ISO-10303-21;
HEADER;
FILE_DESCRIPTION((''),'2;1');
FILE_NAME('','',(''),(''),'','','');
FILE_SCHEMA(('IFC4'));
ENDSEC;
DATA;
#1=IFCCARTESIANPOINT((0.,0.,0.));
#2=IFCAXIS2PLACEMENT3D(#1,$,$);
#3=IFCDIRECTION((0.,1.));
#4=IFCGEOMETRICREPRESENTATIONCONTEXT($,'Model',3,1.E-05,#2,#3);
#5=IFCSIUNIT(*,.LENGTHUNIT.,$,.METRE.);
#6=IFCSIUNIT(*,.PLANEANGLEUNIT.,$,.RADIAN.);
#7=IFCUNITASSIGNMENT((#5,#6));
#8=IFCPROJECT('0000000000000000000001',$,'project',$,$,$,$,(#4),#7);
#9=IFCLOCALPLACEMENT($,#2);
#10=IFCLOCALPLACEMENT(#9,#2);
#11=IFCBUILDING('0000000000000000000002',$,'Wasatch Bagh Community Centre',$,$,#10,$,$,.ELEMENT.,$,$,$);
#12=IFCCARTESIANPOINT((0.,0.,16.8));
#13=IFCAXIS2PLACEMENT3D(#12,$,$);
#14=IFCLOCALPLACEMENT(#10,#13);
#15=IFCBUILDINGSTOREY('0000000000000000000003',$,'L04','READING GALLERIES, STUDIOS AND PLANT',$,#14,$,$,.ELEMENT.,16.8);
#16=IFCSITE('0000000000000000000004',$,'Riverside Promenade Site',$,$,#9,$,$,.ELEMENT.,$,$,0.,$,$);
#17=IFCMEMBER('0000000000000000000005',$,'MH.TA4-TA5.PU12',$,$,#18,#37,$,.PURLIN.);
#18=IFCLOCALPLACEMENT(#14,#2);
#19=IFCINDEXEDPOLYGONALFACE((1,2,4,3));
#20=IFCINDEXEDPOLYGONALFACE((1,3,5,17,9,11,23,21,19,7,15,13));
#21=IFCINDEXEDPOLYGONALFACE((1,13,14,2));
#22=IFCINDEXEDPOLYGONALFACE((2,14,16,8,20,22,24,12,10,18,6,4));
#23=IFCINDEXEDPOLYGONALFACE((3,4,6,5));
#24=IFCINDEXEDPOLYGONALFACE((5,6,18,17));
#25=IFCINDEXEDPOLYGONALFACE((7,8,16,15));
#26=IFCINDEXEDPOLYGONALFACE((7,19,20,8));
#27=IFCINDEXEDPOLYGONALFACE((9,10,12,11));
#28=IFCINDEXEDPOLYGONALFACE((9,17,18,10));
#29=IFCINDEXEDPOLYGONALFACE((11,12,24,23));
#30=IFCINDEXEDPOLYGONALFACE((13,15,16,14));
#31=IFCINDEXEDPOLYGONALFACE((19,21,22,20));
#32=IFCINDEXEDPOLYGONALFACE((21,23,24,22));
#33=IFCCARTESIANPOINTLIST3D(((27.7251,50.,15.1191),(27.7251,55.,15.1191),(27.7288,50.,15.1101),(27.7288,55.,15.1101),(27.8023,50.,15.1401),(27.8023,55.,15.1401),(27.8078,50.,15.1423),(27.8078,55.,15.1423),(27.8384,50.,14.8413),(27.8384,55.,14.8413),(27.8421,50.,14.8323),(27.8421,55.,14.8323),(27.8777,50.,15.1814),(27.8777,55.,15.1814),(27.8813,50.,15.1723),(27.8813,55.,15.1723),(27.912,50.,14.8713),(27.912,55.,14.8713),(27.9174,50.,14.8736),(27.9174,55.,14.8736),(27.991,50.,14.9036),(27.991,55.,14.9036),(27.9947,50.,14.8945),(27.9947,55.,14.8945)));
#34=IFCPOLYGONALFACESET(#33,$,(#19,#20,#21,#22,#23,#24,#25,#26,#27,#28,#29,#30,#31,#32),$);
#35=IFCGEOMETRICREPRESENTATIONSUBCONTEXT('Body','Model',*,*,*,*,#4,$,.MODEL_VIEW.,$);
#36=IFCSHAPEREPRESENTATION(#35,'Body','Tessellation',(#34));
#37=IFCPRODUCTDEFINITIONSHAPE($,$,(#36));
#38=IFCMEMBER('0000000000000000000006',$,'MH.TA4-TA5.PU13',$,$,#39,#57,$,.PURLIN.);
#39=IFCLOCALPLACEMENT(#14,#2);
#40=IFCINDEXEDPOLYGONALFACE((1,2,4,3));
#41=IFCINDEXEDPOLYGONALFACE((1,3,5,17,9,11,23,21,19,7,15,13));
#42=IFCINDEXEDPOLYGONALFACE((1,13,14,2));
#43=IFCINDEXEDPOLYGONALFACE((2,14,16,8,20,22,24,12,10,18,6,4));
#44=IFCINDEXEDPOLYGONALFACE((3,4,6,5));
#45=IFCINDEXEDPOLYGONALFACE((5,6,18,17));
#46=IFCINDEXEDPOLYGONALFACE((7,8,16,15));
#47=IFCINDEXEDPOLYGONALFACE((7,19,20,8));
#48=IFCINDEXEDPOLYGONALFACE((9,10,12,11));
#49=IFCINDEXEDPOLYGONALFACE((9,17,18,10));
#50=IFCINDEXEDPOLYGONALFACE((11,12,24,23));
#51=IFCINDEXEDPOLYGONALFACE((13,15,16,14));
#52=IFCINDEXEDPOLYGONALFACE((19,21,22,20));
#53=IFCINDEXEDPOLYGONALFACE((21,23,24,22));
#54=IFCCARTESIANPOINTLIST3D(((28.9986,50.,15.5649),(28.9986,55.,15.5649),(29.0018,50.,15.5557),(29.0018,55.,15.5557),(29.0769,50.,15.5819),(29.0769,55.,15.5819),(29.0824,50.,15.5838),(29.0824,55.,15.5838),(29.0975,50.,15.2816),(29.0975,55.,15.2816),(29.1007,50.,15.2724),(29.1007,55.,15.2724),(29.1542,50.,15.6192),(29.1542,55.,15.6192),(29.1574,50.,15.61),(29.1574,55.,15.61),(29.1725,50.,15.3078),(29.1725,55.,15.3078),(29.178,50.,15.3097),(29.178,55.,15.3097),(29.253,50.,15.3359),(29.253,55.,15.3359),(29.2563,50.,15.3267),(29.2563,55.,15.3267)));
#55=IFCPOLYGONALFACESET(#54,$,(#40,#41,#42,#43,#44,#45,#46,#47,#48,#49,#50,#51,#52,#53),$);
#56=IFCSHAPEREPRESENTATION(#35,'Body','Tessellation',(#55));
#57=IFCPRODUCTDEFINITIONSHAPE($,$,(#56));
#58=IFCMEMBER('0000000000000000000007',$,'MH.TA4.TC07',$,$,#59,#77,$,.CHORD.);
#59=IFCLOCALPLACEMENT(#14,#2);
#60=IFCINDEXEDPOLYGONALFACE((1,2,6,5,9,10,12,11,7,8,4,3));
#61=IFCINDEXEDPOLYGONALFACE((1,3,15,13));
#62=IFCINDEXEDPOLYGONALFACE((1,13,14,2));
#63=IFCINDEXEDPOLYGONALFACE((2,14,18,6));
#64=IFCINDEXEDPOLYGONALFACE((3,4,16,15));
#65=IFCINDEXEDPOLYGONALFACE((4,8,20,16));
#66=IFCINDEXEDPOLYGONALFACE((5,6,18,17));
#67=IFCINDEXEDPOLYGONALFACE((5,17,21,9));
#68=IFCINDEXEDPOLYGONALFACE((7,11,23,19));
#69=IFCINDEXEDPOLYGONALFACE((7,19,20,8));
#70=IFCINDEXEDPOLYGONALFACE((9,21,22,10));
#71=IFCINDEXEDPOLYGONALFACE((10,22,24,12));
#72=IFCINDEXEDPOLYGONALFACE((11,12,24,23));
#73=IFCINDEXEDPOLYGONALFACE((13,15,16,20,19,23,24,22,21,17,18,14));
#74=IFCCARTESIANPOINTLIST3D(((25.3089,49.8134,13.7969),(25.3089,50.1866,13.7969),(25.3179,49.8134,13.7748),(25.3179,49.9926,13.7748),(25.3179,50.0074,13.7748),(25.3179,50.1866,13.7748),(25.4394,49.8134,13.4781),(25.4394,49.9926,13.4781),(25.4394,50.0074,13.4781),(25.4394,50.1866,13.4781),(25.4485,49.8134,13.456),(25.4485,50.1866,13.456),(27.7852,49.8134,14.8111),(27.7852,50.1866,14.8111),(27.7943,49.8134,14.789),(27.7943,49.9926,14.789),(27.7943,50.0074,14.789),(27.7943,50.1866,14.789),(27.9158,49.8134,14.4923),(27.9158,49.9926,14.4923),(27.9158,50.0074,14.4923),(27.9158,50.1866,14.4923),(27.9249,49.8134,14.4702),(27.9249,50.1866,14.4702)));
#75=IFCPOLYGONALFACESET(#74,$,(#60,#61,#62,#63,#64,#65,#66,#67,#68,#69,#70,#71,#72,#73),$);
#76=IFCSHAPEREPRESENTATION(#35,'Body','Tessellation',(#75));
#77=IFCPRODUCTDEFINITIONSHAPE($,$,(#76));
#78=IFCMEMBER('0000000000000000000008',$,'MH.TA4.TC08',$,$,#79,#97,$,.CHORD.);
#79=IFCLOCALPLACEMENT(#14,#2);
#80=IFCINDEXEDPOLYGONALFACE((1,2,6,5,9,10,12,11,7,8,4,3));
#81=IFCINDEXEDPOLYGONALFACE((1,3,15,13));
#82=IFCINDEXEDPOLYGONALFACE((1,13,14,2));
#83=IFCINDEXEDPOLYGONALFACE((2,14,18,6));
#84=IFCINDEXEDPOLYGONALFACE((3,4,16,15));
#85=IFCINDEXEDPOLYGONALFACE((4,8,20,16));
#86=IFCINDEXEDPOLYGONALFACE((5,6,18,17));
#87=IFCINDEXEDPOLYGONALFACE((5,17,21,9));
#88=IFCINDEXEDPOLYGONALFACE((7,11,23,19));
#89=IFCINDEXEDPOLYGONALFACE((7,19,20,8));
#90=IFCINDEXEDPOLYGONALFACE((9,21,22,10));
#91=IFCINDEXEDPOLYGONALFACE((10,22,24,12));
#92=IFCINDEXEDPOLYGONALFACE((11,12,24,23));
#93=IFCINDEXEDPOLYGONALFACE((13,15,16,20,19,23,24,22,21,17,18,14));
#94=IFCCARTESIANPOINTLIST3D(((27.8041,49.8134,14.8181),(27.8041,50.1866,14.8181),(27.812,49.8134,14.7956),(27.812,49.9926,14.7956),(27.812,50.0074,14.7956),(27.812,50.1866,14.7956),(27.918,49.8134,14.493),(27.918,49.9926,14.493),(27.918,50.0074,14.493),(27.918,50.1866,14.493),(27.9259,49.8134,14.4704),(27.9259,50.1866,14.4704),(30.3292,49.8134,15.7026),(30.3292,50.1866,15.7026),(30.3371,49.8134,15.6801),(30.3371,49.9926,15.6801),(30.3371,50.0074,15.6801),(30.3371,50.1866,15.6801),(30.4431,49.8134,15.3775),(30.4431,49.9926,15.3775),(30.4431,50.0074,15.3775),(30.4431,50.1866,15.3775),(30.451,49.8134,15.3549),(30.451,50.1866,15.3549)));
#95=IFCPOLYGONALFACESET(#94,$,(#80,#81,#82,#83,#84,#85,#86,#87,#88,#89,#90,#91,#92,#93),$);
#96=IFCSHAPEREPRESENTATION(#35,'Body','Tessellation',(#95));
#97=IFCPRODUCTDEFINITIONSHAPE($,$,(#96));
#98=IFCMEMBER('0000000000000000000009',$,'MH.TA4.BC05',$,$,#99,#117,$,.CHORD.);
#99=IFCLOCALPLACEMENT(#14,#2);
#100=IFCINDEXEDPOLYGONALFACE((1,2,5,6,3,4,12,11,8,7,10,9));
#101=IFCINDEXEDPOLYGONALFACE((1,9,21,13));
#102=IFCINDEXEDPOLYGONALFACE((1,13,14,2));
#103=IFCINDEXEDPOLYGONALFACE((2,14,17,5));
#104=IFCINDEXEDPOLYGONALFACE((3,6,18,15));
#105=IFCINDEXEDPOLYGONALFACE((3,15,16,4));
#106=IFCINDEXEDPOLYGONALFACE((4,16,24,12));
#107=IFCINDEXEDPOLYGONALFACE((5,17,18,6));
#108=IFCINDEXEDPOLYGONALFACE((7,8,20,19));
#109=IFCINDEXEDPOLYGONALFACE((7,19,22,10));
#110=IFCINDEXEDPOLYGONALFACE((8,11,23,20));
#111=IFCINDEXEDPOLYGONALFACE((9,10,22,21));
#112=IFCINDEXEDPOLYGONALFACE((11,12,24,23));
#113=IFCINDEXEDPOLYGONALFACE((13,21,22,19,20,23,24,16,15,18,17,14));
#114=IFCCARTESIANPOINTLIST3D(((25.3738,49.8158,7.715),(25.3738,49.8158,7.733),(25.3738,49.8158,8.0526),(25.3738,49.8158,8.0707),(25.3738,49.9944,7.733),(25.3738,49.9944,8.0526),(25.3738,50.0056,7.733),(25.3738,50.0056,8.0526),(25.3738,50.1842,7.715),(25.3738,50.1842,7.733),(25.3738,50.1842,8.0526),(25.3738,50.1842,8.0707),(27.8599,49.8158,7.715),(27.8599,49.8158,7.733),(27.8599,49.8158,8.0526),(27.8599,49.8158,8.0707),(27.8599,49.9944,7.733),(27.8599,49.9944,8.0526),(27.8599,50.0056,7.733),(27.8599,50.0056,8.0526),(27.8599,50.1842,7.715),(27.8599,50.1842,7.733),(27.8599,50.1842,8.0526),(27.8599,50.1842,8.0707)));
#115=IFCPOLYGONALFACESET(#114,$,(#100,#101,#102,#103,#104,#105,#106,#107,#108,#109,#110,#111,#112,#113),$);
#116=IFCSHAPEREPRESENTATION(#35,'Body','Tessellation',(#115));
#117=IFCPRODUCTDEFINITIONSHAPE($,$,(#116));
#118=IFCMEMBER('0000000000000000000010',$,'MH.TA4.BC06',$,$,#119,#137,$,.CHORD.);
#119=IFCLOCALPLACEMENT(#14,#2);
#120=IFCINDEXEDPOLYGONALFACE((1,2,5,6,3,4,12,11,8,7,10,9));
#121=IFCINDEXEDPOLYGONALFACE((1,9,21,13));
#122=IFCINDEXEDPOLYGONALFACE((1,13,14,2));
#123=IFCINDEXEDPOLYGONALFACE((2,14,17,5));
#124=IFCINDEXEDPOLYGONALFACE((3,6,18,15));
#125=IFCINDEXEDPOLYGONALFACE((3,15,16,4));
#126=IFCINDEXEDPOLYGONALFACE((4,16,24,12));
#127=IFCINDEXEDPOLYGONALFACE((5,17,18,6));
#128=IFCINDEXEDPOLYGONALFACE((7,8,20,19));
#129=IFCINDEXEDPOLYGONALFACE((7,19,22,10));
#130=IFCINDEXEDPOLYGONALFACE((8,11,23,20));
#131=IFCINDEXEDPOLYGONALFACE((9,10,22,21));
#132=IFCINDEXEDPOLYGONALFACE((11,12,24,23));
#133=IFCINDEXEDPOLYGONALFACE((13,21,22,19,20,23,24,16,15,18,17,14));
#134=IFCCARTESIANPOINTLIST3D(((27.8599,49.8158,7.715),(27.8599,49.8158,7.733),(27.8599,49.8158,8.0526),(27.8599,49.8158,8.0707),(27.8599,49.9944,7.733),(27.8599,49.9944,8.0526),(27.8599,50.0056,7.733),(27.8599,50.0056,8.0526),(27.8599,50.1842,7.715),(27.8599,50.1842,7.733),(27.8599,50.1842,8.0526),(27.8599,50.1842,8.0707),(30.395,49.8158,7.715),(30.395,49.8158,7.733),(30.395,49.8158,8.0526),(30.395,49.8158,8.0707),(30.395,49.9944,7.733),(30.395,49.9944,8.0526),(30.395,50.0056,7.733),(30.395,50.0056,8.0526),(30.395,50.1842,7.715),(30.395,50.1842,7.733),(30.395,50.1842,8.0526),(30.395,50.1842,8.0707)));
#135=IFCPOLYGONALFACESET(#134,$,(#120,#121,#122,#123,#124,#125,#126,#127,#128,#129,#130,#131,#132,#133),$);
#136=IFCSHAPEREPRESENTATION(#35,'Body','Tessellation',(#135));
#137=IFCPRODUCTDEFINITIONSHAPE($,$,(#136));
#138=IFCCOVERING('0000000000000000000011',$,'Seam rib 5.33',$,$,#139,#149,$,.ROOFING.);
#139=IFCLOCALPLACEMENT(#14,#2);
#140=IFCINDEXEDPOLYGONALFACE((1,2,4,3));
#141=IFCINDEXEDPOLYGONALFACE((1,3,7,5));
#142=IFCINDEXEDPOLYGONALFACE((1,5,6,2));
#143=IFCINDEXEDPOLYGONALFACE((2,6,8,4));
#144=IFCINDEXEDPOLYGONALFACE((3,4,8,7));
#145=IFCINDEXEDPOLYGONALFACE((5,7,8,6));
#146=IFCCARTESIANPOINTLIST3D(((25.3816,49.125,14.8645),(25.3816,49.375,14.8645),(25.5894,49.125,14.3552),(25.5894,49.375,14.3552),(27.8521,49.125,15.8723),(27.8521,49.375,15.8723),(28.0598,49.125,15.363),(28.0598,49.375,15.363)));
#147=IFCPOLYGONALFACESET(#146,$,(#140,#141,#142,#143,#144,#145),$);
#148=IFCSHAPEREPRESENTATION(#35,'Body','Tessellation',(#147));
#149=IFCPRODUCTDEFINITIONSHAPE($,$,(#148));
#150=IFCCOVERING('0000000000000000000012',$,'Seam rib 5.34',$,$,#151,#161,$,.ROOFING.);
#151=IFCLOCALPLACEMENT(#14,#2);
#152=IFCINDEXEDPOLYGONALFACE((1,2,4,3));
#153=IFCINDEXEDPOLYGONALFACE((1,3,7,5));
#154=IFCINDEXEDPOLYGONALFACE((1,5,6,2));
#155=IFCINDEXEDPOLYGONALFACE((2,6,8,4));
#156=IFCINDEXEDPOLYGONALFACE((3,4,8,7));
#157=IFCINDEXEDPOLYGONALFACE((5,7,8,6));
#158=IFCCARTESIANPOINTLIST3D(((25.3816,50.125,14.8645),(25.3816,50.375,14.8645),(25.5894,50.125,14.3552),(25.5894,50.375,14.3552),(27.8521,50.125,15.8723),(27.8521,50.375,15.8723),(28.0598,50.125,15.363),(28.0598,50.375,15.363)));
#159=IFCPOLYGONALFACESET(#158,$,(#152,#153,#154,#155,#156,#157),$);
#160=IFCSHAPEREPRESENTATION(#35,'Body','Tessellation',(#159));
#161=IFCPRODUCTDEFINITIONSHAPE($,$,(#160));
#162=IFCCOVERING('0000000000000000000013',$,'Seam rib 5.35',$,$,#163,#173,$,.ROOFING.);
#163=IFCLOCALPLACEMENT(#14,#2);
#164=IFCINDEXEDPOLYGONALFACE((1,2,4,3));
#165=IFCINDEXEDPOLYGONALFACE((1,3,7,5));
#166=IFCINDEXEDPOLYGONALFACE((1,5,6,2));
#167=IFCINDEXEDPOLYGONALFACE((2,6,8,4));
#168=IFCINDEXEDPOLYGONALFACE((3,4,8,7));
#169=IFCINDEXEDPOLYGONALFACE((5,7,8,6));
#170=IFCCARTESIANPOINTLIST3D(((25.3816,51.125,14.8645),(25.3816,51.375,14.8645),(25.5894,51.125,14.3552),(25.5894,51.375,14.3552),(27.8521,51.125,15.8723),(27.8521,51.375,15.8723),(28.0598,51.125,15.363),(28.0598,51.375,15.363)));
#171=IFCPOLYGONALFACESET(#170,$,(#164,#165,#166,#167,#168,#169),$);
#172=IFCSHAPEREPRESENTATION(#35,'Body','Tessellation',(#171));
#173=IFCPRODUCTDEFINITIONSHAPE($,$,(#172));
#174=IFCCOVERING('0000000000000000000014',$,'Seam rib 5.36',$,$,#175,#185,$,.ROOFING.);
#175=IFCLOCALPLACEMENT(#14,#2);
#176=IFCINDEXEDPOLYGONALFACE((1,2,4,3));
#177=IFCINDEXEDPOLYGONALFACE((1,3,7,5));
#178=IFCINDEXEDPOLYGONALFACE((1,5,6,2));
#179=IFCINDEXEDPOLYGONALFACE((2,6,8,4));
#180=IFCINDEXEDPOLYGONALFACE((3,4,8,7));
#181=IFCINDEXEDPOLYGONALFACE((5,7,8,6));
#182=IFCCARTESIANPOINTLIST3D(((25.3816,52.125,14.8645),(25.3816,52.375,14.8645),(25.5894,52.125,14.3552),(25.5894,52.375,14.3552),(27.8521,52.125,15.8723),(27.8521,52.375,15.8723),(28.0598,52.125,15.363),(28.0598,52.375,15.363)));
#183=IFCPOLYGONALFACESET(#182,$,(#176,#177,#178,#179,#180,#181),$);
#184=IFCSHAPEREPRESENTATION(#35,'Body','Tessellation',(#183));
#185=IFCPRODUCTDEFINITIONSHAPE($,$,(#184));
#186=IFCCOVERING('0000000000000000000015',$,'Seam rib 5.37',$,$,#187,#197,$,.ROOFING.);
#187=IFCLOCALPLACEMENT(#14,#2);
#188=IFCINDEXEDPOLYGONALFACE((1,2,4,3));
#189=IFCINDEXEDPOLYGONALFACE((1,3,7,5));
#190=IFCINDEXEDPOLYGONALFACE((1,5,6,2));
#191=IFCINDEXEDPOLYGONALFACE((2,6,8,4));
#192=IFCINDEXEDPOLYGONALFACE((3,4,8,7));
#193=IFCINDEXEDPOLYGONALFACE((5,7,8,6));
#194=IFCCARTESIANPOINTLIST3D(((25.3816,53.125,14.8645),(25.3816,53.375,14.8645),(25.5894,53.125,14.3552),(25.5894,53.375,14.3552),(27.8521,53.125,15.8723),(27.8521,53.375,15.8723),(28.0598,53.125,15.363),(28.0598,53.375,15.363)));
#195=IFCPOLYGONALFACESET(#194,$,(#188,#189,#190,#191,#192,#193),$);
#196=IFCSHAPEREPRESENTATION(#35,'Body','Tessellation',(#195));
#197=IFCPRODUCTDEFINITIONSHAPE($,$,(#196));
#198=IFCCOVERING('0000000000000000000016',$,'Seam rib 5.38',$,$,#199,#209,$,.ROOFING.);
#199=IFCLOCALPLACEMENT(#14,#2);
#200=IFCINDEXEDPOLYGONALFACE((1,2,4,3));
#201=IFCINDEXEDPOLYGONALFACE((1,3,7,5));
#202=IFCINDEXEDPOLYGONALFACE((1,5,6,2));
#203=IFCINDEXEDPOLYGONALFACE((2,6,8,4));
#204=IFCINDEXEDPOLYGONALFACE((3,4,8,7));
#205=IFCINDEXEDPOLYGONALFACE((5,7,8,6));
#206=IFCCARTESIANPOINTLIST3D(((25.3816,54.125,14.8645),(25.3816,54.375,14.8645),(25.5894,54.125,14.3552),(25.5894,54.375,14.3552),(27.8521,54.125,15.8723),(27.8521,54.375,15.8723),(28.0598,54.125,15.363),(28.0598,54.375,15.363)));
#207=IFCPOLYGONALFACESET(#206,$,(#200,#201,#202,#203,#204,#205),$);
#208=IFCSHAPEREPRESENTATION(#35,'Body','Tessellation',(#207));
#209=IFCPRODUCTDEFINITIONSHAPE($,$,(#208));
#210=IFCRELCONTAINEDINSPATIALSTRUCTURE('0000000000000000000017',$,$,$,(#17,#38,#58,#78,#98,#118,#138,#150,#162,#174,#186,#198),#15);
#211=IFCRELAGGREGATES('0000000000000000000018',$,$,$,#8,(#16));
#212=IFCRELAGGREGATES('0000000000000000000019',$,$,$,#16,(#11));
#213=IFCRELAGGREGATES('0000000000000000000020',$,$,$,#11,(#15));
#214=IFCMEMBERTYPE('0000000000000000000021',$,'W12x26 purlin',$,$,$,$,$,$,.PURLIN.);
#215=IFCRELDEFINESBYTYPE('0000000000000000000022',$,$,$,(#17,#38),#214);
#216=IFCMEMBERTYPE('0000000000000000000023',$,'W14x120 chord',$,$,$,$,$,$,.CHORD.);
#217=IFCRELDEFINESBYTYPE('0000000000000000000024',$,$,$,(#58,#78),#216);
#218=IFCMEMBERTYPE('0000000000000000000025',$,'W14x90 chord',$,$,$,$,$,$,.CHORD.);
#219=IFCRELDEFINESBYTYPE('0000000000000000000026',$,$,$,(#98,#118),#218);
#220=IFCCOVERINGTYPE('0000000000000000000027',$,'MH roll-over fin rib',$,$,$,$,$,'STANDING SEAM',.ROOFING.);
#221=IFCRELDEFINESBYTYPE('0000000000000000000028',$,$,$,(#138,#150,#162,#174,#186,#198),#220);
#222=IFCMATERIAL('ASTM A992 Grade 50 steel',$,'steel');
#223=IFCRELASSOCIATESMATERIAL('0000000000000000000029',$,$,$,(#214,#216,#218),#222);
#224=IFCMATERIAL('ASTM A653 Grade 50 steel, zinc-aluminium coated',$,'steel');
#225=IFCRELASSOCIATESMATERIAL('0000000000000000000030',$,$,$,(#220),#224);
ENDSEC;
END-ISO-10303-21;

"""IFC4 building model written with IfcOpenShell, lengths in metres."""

from ifc_helpers import new_model, si_unit, direction, frame, origin, origin_2d, place, context, subcontext, project, spatial, polyline, i_section, outline, extrude, material, material_profile, profile_set, type_object, element, save


model = new_model("IFC4")

# Units and contexts
model_context = context("Model", 3, precision=1e-05, world=origin(), true_north=direction((0.0, 1.0)))
body_context = subcontext(model_context, "Body", "Model", "MODEL_VIEW")
ifc_project = project(units=[si_unit("LENGTHUNIT", "METRE"), si_unit("PLANEANGLEUNIT", "RADIAN")], contexts=[model_context])

# Site, building, storey
site_placement = place(None, origin())
site = spatial("IfcSite", under=ifc_project, at=site_placement, Name="Riverside Promenade Site", CompositionType="ELEMENT", RefElevation=0.0)
building_placement = place(site_placement, origin())
building = spatial("IfcBuilding", under=site, at=building_placement, Name="Wasatch Bagh Community Centre", CompositionType="ELEMENT")
storey_placement = place(building_placement, frame((0.0, 0.0, 16.8)))
storey = spatial("IfcBuildingStorey", under=building, at=storey_placement, Name="L04", Description="READING GALLERIES, STUDIOS AND PLANT", CompositionType="ELEMENT", Elevation=16.8)

# Members
ifc_material_1 = material(Name="ASTM A992 Grade 50 steel", Category="steel")
ifc_material_profile_1 = material_profile(ifc_material_1, i_section(OverallWidth=0.1648, OverallDepth=0.3098, WebThickness=0.0059, FlangeThickness=0.0098, at=origin_2d()), Name="W12x26")
ifc_profile_set_1 = profile_set([ifc_material_profile_1], Name="ASTM A992 Grade 50 steel")
member_type_1 = type_object("IfcMemberType", Name="W12x26 purlin", PredefinedType="PURLIN", material=ifc_profile_set_1)
for number, where, z_axis, x_axis, name in (
    (1, (27.8599, 50.0, 15.0068), (0.0, 1.0, 0.0), (-0.925934, 0.0, -0.377686), "MH.TA4-TA5.PU12"),
    (2, (29.1274, 50.0, 15.4458), (0.0, 1.0, 0.0), (-0.944194, 0.0, -0.329389), "MH.TA4-TA5.PU13"),
):
    element("IfcMember", number, at=place(storey_placement, frame(where, z_axis=z_axis, x_axis=x_axis)), inside=storey, type_object=member_type_1, Name=name, PredefinedType="PURLIN", context=body_context, shape_type="SweptSolid", body=[
        extrude(i_section(OverallWidth=0.1648, OverallDepth=0.3098, WebThickness=0.0059, FlangeThickness=0.0098, at=origin_2d()), origin(), (0.0, 0.0, 1.0), 5.0),
    ])
ifc_material_profile_2 = material_profile(ifc_material_1, i_section(OverallWidth=0.3733, OverallDepth=0.3684, WebThickness=0.0149, FlangeThickness=0.0239, at=origin_2d()), Name="W14x120")
ifc_profile_set_2 = profile_set([ifc_material_profile_2], Name="ASTM A992 Grade 50 steel")
member_type_2 = type_object("IfcMemberType", Name="W14x120 chord", PredefinedType="CHORD", material=ifc_profile_set_2)
member_1_placement = place(storey_placement, frame((25.3787, 50.0, 13.6265), z_axis=(0.9254, 0.0, 0.378992), x_axis=(0.0, 1.0, 0.0)))
element("IfcMember", 3, at=member_1_placement, inside=storey, type_object=member_type_2, Name="MH.TA4.TC07", PredefinedType="CHORD", context=body_context, shape_type="SweptSolid", body=[
    extrude(i_section(OverallWidth=0.3733, OverallDepth=0.3684, WebThickness=0.0149, FlangeThickness=0.0239, at=origin_2d()), origin(), (0.0, 0.0, 1.0), 2.676),
])
member_2_placement = place(storey_placement, frame((27.865, 50.0, 14.6443), z_axis=(0.943774, 0.0, 0.33059), x_axis=(0.0, 1.0, 0.0)))
element("IfcMember", 4, at=member_2_placement, inside=storey, type_object=member_type_2, Name="MH.TA4.TC08", PredefinedType="CHORD", context=body_context, shape_type="SweptSolid", body=[
    extrude(i_section(OverallWidth=0.3733, OverallDepth=0.3684, WebThickness=0.0149, FlangeThickness=0.0239, at=origin_2d()), origin(), (0.0, 0.0, 1.0), 2.6755),
])
ifc_material_profile_3 = material_profile(ifc_material_1, i_section(OverallWidth=0.3684, OverallDepth=0.3557, WebThickness=0.0112, FlangeThickness=0.0181, at=origin_2d()), Name="W14x90")
ifc_profile_set_3 = profile_set([ifc_material_profile_3], Name="ASTM A992 Grade 50 steel")
member_type_3 = type_object("IfcMemberType", Name="W14x90 chord", PredefinedType="CHORD", material=ifc_profile_set_3)
member_3_placement = place(storey_placement, frame((25.3738, 50.0, 7.8928), z_axis=(1.0, 0.0, 0.0), x_axis=(0.0, 1.0, 0.0)))
element("IfcMember", 5, at=member_3_placement, inside=storey, type_object=member_type_3, Name="MH.TA4.BC05", PredefinedType="CHORD", context=body_context, shape_type="SweptSolid", body=[
    extrude(i_section(OverallWidth=0.3684, OverallDepth=0.3557, WebThickness=0.0112, FlangeThickness=0.0181, at=origin_2d()), origin(), (0.0, 0.0, 1.0), 2.4861),
])
member_4_placement = place(storey_placement, frame((27.8599, 50.0, 7.8928), z_axis=(1.0, 0.0, 0.0), x_axis=(0.0, 1.0, 0.0)))
element("IfcMember", 6, at=member_4_placement, inside=storey, type_object=member_type_3, Name="MH.TA4.BC06", PredefinedType="CHORD", context=body_context, shape_type="SweptSolid", body=[
    extrude(i_section(OverallWidth=0.3684, OverallDepth=0.3557, WebThickness=0.0112, FlangeThickness=0.0181, at=origin_2d()), origin(), (0.0, 0.0, 1.0), 2.5352),
])

# Coverings
ifc_material_2 = material(Name="ASTM A653 Grade 50 steel, zinc-aluminium coated", Category="steel")
covering_type = type_object("IfcCoveringType", Name="MH roll-over fin rib", ElementType="STANDING SEAM", PredefinedType="ROOFING", material=ifc_material_2)
for number, where, z_axis, x_axis, name in (
    (7, (25.3816, 49.125, 14.8645), (-0.377724, 0.0, 0.925918), (0.925918, 0.0, 0.377724), "Seam rib 5.33"),
    (8, (25.3816, 50.125, 14.8645), (-0.377724, 0.0, 0.925918), (0.925918, 0.0, 0.377724), "Seam rib 5.34"),
    (9, (25.3816, 51.125, 14.8645), (-0.377724, 0.0, 0.925918), (0.925918, 0.0, 0.377724), "Seam rib 5.35"),
    (10, (25.3816, 52.125, 14.8645), (-0.377724, 0.0, 0.925918), (0.925918, 0.0, 0.377724), "Seam rib 5.36"),
    (11, (25.3816, 53.125, 14.8645), (-0.377724, 0.0, 0.925918), (0.925918, 0.0, 0.377724), "Seam rib 5.37"),
    (12, (25.3816, 54.125, 14.8645), (-0.377724, 0.0, 0.925918), (0.925918, 0.0, 0.377724), "Seam rib 5.38"),
):
    element("IfcCovering", number, at=place(storey_placement, frame(where, z_axis=z_axis, x_axis=x_axis)), inside=storey, type_object=covering_type, Name=name, PredefinedType="ROOFING", context=body_context, shape_type="SweptSolid", body=[
        extrude(outline(polyline([(0.0, 0.0), (2.6681, 0.0), (2.6681, 0.25), (0.0, 0.25), (0.0, 0.0)])), origin(), (0.0, 0.0, -1.0), 0.55),
    ])

save(model, "model.ifc")
